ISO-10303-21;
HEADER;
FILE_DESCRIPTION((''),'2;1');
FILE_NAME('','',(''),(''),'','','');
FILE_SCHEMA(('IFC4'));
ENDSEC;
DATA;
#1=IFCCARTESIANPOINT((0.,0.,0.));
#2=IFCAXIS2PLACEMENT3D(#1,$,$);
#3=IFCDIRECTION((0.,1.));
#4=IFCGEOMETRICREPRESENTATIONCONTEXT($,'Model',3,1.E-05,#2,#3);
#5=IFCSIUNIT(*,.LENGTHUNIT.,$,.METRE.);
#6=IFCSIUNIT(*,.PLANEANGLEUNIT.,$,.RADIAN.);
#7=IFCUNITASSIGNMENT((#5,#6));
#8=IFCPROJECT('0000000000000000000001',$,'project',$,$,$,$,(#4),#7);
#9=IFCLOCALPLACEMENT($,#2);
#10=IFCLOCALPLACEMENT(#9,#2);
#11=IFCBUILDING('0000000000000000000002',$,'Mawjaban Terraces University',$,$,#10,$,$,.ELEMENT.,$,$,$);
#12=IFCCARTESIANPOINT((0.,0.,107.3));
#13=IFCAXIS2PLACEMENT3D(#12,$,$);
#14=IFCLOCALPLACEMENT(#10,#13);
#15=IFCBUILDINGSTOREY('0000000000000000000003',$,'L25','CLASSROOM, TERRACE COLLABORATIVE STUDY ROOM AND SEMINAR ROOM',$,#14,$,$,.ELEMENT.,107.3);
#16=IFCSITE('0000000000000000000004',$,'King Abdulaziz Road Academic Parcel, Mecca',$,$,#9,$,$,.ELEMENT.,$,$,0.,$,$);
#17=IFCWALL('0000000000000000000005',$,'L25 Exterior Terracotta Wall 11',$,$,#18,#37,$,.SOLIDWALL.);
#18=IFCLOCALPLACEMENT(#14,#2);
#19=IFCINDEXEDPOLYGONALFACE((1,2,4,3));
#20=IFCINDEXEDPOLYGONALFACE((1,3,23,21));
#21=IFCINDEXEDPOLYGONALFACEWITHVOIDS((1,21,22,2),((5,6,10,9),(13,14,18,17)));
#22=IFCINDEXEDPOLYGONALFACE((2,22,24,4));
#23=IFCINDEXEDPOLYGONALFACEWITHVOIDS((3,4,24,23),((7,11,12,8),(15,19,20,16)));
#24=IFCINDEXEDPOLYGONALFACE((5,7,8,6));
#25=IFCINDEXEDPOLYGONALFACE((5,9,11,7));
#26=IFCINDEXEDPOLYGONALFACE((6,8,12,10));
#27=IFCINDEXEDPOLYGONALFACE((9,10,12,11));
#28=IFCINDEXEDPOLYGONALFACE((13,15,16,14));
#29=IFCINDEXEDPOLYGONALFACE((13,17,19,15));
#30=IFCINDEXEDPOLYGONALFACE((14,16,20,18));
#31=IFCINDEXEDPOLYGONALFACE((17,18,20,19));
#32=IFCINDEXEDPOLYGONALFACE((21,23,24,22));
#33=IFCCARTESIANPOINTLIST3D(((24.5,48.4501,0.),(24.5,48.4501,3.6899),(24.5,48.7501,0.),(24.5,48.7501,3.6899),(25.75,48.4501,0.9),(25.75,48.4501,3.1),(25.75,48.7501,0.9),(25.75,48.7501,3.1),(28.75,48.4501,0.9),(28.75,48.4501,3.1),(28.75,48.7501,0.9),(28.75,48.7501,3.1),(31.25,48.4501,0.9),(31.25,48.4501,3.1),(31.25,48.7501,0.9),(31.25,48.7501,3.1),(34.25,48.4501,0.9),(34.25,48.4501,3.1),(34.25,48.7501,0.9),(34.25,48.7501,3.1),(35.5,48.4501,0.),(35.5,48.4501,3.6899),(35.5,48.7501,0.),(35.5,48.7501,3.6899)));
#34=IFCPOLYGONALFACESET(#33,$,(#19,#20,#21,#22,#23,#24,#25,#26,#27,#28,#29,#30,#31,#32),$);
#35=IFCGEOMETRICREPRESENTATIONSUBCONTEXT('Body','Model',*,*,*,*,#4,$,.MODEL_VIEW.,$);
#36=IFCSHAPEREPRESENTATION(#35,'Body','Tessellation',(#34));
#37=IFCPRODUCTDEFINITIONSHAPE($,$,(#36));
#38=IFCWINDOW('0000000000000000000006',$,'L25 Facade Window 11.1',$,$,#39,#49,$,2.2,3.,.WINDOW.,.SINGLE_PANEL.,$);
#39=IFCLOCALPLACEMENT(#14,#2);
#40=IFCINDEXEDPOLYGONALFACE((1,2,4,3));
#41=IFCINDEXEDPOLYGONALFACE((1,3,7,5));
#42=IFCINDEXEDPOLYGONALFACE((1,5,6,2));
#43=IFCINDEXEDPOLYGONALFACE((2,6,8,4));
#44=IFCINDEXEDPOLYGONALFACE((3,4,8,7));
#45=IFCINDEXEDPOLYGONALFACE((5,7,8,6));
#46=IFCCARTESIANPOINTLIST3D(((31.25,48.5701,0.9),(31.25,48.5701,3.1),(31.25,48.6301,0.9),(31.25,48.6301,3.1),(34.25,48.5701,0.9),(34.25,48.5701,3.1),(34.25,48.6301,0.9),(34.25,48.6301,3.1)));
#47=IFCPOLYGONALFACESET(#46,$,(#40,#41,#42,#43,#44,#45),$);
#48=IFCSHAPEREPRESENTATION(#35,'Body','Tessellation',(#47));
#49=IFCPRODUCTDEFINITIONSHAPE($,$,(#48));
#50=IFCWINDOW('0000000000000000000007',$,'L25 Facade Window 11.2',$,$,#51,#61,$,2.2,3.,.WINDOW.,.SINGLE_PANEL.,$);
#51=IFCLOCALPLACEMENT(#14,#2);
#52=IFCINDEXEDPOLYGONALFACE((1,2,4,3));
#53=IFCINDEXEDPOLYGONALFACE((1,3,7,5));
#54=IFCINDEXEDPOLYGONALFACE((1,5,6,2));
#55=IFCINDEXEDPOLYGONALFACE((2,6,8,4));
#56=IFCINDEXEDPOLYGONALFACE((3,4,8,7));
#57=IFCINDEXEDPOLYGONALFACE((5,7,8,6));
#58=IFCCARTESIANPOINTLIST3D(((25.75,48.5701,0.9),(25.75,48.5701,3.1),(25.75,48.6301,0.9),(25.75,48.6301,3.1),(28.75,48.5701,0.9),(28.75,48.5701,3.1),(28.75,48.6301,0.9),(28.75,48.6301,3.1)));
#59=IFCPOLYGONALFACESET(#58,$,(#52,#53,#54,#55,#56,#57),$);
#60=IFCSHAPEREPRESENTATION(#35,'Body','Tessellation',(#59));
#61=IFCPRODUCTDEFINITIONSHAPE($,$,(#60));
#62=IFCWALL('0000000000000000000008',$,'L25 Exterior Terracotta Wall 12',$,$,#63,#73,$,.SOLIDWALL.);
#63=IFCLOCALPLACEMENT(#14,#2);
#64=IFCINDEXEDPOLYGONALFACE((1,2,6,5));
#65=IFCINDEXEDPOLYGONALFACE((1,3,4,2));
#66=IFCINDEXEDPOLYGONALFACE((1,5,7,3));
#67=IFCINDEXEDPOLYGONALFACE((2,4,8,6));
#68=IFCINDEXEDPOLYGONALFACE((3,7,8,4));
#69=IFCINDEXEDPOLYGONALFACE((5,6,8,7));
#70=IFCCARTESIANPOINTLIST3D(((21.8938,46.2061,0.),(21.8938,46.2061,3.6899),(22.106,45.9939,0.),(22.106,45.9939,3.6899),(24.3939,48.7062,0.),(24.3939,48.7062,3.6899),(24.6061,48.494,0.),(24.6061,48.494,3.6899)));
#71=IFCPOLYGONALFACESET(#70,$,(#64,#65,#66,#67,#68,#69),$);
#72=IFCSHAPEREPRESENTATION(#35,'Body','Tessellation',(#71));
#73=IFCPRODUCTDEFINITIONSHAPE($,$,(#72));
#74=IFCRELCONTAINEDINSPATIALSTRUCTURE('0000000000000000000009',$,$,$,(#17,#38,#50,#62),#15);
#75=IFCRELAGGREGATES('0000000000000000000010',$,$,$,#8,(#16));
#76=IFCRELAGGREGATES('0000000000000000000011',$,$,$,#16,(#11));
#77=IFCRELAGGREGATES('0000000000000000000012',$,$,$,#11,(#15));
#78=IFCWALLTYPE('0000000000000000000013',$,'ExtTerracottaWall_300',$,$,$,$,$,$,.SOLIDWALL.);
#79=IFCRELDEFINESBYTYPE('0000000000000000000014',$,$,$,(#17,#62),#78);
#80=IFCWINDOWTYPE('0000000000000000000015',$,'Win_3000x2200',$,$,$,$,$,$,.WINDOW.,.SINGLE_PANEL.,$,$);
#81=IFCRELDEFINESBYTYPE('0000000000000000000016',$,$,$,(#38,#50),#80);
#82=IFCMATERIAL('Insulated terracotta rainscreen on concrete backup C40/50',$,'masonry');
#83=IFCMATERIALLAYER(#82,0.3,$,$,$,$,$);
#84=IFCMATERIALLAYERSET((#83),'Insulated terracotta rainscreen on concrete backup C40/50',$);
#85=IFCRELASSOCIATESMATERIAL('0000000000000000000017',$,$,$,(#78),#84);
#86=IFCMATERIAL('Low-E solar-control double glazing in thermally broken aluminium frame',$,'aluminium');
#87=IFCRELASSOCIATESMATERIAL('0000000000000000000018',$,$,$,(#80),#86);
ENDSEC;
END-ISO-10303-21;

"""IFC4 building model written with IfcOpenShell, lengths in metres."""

from ifc_helpers import new_model, si_unit, direction, frame, frame_2d, origin, place, context, subcontext, project, spatial, rectangle, extrude, material, layer, layer_set, type_object, element, fill, save


model = new_model("IFC4")

# Units and contexts
model_context = context("Model", 3, precision=1e-05, world=origin(), true_north=direction((0.0, 1.0)))
body_context = subcontext(model_context, "Body", "Model", "MODEL_VIEW")
ifc_project = project(units=[si_unit("LENGTHUNIT", "METRE"), si_unit("PLANEANGLEUNIT", "RADIAN")], contexts=[model_context])

# Site, building, storey
site_placement = place(None, origin())
site = spatial("IfcSite", under=ifc_project, at=site_placement, Name="King Abdulaziz Road Academic Parcel, Mecca", CompositionType="ELEMENT", RefElevation=0.0)
building_placement = place(site_placement, origin())
building = spatial("IfcBuilding", under=site, at=building_placement, Name="Mawjaban Terraces University", CompositionType="ELEMENT")
storey_placement = place(building_placement, frame((0.0, 0.0, 107.3)))
storey = spatial("IfcBuildingStorey", under=building, at=storey_placement, Name="L25", Description="CLASSROOM, TERRACE COLLABORATIVE STUDY ROOM AND SEMINAR ROOM", CompositionType="ELEMENT", Elevation=107.3)

# Wall, openings, windows
ifc_material_1 = material(Name="Insulated terracotta rainscreen on concrete backup C40/50", Category="masonry")
ifc_layer_1 = layer(ifc_material_1, 0.3)
ifc_layer_set_1 = layer_set([ifc_layer_1], Name="Insulated terracotta rainscreen on concrete backup C40/50")
wall_type_1 = type_object("IfcWallType", Name="ExtTerracottaWall_300", PredefinedType="SOLIDWALL", material=ifc_layer_set_1)
wall_1_placement = place(storey_placement, frame((35.5, 48.6001, 0.0), z_axis=(0.0, 0.0, 1.0), x_axis=(-1.0, 0.0, 0.0)))
wall_1 = element("IfcWall", 1, at=wall_1_placement, inside=storey, type_object=wall_type_1, Name="L25 Exterior Terracotta Wall 11", PredefinedType="SOLIDWALL", context=body_context, shape_type="SweptSolid", body=[
    extrude(rectangle(XDim=11.0, YDim=0.3, at=frame_2d((5.5, 0.0))), origin(), (0.0, 0.0, 1.0), 3.6899),
])
opening_1_placement = place(wall_1_placement, frame((1.25, 0.0, 0.8999)))
opening_1 = element("IfcOpeningElement", 2, at=opening_1_placement, cuts=wall_1, PredefinedType="OPENING", context=body_context, shape_type="SweptSolid", body=[
    extrude(rectangle(XDim=3.0, YDim=2.2, at=frame_2d((1.5, 1.1001))), frame((0.0, 0.1599, 0.0), z_axis=(0.0, -1.0, 0.0), x_axis=(1.0, 0.0, 0.0)), (0.0, 0.0, 1.0), 0.3201),
])
opening_2_placement = place(wall_1_placement, frame((6.75, 0.0, 0.8999)))
opening_2 = element("IfcOpeningElement", 3, at=opening_2_placement, cuts=wall_1, PredefinedType="OPENING", context=body_context, shape_type="SweptSolid", body=[
    extrude(rectangle(XDim=3.0, YDim=2.2, at=frame_2d((1.5, 1.1001))), frame((0.0, 0.1599, 0.0), z_axis=(0.0, -1.0, 0.0), x_axis=(1.0, 0.0, 0.0)), (0.0, 0.0, 1.0), 0.3201),
])
ifc_material_2 = material(Name="Low-E solar-control double glazing in thermally broken aluminium frame", Category="aluminium")
window_type_1 = type_object("IfcWindowType", Name="Win_3000x2200", PartitioningType="SINGLE_PANEL", PredefinedType="WINDOW", material=ifc_material_2)
window_1_placement = place(opening_1_placement, origin())
window_1 = element("IfcWindow", 4, at=window_1_placement, inside=storey, type_object=window_type_1, Name="L25 Facade Window 11.1", OverallHeight=2.2, OverallWidth=3.0, PartitioningType="SINGLE_PANEL", PredefinedType="WINDOW", context=body_context, shape_type="SweptSolid", body=[
    extrude(rectangle(XDim=3.0, YDim=2.2, at=frame_2d((1.5, 1.1001))), frame((0.0, 0.03, 0.0), z_axis=(0.0, -1.0, 0.0), x_axis=(1.0, 0.0, 0.0)), (0.0, 0.0, 1.0), 0.0601),
])
fill(opening_1, window_1)
window_2_placement = place(opening_2_placement, origin())
window_2 = element("IfcWindow", 5, at=window_2_placement, inside=storey, type_object=window_type_1, Name="L25 Facade Window 11.2", OverallHeight=2.2, OverallWidth=3.0, PartitioningType="SINGLE_PANEL", PredefinedType="WINDOW", context=body_context, shape_type="SweptSolid", body=[
    extrude(rectangle(XDim=3.0, YDim=2.2, at=frame_2d((1.5, 1.1001))), frame((0.0, 0.03, 0.0), z_axis=(0.0, -1.0, 0.0), x_axis=(1.0, 0.0, 0.0)), (0.0, 0.0, 1.0), 0.0601),
])
fill(opening_2, window_2)

# Wall
wall_2_placement = place(storey_placement, frame((24.5, 48.6001, 0.0), z_axis=(0.0, 0.0, 1.0), x_axis=(-0.707107, -0.707107, 0.0)))
element("IfcWall", 6, at=wall_2_placement, inside=storey, type_object=wall_type_1, Name="L25 Exterior Terracotta Wall 12", PredefinedType="SOLIDWALL", context=body_context, shape_type="SweptSolid", body=[
    extrude(rectangle(XDim=3.5356, YDim=0.3, at=frame_2d((1.7678, 0.0))), origin(), (0.0, 0.0, 1.0), 3.6899),
])

save(model, "model.ifc")
